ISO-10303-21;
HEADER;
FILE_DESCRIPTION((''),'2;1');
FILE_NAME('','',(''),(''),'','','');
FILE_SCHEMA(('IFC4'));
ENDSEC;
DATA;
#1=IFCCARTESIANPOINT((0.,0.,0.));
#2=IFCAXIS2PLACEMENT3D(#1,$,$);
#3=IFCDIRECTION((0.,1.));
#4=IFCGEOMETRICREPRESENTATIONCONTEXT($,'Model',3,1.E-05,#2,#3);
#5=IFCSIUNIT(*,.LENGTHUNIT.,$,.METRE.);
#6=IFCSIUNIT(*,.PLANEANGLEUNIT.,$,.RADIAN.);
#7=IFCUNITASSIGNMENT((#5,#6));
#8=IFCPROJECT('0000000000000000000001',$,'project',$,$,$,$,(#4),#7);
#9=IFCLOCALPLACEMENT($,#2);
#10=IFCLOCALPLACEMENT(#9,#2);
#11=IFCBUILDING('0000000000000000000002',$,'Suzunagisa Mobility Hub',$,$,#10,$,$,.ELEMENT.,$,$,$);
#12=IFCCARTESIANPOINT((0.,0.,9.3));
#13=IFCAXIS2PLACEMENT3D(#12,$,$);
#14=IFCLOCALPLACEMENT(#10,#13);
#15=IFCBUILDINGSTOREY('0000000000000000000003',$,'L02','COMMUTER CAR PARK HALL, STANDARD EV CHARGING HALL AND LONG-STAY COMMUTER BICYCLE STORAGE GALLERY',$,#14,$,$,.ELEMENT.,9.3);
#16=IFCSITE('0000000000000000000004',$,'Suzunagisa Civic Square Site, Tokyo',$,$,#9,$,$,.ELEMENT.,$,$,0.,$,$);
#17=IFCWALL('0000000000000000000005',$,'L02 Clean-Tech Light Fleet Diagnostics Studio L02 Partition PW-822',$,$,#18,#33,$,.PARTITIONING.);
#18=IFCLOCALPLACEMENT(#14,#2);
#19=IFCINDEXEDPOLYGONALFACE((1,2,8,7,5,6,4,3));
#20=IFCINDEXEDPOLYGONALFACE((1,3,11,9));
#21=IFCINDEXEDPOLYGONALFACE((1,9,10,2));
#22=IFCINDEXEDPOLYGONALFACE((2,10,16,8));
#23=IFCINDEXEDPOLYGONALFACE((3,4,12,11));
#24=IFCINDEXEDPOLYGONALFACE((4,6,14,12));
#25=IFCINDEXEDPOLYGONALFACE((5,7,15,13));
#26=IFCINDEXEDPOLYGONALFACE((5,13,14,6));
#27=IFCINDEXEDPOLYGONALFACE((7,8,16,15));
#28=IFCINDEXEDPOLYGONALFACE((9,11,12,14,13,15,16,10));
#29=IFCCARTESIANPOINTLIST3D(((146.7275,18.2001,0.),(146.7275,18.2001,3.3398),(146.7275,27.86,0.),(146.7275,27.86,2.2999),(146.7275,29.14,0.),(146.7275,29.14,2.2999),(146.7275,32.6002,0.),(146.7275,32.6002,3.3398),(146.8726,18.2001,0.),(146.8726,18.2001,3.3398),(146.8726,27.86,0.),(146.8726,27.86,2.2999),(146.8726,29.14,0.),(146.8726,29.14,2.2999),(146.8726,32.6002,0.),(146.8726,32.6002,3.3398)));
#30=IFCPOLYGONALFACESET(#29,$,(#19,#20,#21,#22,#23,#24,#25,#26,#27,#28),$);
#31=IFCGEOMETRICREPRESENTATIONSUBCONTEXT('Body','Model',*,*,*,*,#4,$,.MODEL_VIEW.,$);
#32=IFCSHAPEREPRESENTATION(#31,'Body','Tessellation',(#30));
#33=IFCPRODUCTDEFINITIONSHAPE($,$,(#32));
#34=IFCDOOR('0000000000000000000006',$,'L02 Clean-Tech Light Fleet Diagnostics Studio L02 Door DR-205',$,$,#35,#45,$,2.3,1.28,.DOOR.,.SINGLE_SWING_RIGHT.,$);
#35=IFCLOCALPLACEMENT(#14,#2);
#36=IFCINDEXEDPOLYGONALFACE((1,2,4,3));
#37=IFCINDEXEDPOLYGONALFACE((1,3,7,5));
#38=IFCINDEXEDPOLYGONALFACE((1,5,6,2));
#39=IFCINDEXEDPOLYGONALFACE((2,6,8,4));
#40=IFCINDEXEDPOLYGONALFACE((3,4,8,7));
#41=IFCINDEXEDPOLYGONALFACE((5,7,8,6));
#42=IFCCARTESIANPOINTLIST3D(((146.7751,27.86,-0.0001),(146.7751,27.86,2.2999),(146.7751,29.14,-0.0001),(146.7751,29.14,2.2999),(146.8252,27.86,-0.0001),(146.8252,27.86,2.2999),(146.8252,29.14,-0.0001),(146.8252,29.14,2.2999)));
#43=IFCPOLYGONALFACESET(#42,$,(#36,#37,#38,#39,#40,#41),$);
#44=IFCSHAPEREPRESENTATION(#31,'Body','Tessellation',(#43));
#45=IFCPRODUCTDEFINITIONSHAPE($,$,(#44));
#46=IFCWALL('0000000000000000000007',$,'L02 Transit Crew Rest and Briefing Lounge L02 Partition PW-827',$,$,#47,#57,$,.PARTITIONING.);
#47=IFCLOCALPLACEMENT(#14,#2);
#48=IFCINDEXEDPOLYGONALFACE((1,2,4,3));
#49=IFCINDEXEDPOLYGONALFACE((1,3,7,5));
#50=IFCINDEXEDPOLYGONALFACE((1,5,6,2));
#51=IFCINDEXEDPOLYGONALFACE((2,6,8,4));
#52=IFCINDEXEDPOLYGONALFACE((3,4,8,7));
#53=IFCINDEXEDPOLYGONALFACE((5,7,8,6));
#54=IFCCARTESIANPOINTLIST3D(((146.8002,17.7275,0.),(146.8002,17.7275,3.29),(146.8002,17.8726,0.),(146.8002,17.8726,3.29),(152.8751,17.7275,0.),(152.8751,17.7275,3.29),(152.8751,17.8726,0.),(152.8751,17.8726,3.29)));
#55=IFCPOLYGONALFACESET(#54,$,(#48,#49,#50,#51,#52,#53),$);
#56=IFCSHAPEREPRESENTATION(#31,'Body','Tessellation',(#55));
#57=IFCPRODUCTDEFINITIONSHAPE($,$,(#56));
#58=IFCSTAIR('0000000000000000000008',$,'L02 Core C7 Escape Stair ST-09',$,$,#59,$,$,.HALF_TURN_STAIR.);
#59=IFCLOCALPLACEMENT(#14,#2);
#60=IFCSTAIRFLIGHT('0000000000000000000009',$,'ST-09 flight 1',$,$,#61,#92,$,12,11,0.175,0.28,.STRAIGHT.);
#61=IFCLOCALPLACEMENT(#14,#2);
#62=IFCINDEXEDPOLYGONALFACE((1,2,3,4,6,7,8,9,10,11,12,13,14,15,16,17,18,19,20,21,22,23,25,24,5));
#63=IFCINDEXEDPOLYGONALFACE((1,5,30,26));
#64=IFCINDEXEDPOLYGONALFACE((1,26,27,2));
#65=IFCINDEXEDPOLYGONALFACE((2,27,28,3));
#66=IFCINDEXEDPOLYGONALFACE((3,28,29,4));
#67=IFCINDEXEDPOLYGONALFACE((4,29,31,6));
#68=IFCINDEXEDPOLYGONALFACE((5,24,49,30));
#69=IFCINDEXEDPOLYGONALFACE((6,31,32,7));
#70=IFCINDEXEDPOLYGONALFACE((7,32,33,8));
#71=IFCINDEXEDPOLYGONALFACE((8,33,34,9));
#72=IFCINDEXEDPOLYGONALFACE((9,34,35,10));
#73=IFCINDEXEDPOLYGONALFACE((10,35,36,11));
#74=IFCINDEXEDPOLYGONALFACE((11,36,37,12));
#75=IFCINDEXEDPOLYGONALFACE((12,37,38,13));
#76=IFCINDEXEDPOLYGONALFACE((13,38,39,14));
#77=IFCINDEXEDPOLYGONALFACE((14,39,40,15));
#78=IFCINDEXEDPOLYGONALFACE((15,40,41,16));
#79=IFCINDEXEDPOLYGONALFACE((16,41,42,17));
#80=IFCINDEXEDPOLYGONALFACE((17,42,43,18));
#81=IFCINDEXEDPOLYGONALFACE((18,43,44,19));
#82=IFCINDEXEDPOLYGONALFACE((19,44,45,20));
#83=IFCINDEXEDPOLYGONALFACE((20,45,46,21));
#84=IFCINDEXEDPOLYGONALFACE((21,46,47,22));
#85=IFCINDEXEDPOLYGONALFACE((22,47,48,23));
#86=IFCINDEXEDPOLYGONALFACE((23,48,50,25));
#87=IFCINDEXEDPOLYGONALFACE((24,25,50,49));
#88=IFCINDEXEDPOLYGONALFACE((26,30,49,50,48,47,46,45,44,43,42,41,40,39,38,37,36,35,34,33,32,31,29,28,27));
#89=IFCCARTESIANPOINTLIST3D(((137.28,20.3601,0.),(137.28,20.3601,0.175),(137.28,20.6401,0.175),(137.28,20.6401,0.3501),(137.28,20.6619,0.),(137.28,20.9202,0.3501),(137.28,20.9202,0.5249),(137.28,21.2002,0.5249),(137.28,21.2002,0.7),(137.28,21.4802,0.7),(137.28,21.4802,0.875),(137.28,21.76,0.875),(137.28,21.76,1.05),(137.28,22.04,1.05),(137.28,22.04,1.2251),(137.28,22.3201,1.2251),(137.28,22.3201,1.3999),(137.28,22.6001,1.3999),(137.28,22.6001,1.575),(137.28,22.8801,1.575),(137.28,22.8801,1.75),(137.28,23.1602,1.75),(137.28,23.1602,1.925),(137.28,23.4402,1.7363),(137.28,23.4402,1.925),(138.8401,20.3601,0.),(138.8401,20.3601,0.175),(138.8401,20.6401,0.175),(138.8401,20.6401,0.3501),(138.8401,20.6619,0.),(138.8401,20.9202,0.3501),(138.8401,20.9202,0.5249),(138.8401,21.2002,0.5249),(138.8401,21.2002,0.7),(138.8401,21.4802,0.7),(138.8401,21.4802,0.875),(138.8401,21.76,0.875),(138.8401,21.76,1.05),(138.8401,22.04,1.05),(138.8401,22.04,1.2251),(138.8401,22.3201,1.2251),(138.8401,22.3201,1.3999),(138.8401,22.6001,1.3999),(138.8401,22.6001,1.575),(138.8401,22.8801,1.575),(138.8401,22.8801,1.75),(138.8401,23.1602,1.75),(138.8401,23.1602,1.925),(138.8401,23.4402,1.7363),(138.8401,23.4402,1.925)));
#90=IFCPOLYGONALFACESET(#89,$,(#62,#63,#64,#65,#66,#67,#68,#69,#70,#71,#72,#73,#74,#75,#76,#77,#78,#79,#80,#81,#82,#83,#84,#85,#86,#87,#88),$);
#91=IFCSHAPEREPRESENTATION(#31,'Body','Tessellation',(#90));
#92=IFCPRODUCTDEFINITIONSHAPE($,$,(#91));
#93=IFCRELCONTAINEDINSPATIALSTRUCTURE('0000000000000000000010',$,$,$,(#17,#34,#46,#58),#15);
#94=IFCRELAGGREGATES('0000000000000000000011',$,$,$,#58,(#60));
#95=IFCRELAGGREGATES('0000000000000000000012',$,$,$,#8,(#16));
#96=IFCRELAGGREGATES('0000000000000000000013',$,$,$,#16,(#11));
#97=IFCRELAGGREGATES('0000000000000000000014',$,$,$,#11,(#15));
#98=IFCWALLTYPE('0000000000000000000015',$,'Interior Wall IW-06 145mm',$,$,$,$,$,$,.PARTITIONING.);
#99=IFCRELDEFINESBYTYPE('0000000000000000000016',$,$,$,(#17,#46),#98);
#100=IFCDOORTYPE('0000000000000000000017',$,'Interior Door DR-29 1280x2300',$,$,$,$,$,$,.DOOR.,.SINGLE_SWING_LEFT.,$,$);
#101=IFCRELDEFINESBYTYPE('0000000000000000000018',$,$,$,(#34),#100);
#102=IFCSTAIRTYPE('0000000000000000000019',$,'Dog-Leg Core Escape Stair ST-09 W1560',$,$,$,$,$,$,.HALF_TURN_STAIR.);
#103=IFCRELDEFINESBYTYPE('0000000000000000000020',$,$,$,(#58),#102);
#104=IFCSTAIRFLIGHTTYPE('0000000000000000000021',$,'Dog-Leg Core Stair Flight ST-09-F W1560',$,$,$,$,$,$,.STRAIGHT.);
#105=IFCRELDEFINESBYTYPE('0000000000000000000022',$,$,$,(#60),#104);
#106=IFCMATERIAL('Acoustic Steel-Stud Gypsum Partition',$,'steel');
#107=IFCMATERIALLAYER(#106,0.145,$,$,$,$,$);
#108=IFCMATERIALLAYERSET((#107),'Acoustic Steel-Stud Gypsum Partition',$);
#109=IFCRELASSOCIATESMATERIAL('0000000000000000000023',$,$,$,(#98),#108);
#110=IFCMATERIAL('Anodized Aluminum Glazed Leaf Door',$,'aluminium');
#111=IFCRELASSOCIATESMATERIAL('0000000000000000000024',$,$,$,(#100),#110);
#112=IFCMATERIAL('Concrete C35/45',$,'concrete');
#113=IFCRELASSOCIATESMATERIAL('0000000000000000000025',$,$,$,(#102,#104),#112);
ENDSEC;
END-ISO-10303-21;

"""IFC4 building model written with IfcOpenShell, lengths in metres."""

from ifc_helpers import new_model, si_unit, direction, frame, frame_2d, origin, place, context, subcontext, project, spatial, polyline, rectangle, outline, extrude, material, layer, layer_set, type_object, element, fill, aggregate, save


model = new_model("IFC4")

# Units and contexts
model_context = context("Model", 3, precision=1e-05, world=origin(), true_north=direction((0.0, 1.0)))
body_context = subcontext(model_context, "Body", "Model", "MODEL_VIEW")
ifc_project = project(units=[si_unit("LENGTHUNIT", "METRE"), si_unit("PLANEANGLEUNIT", "RADIAN")], contexts=[model_context])

# Site, building, storey
site_placement = place(None, origin())
site = spatial("IfcSite", under=ifc_project, at=site_placement, Name="Suzunagisa Civic Square Site, Tokyo", CompositionType="ELEMENT", RefElevation=0.0)
building_placement = place(site_placement, origin())
building = spatial("IfcBuilding", under=site, at=building_placement, Name="Suzunagisa Mobility Hub", CompositionType="ELEMENT")
storey_placement = place(building_placement, frame((0.0, 0.0, 9.3)))
storey = spatial("IfcBuildingStorey", under=building, at=storey_placement, Name="L02", Description="COMMUTER CAR PARK HALL, STANDARD EV CHARGING HALL AND LONG-STAY COMMUTER BICYCLE STORAGE GALLERY", CompositionType="ELEMENT", Elevation=9.3)

# Shared definitions
ifc_material_1 = material(Name="Concrete C35/45", Category="concrete")

# Shared definitions
ifc_material_2 = material(Name="Acoustic Steel-Stud Gypsum Partition", Category="steel")
ifc_layer_1 = layer(ifc_material_2, 0.145)
ifc_layer_set_1 = layer_set([ifc_layer_1], Name="Acoustic Steel-Stud Gypsum Partition")
wall_type_1 = type_object("IfcWallType", Name="Interior Wall IW-06 145mm", PredefinedType="PARTITIONING", material=ifc_layer_set_1)

# Wall, opening, door
wall_1_placement = place(storey_placement, frame((146.8, 18.2, 0.0), z_axis=(0.0, 0.0, 1.0), x_axis=(0.0, 1.0, 0.0)))
wall_1 = element("IfcWall", 1, at=wall_1_placement, inside=storey, type_object=wall_type_1, Name="L02 Clean-Tech Light Fleet Diagnostics Studio L02 Partition PW-822", PredefinedType="PARTITIONING", context=body_context, shape_type="SweptSolid", body=[
    extrude(rectangle(XDim=14.4001, YDim=0.145, at=frame_2d((7.2002, 0.0))), origin(), (0.0, 0.0, 1.0), 3.3398),
])
opening_1_placement = place(wall_1_placement, frame((9.6599, 0.0, 0.0)))
opening_1 = element("IfcOpeningElement", 2, at=opening_1_placement, cuts=wall_1, PredefinedType="OPENING", context=body_context, shape_type="SweptSolid", body=[
    extrude(rectangle(XDim=1.28, YDim=2.3, at=frame_2d((0.6401, 1.1499))), frame((0.0, 0.0835, 0.0), z_axis=(0.0, -1.0, 0.0), x_axis=(1.0, 0.0, 0.0)), (0.0, 0.0, 1.0), 0.167),
])
ifc_material_3 = material(Name="Anodized Aluminum Glazed Leaf Door", Category="aluminium")
door_type_1 = type_object("IfcDoorType", Name="Interior Door DR-29 1280x2300", OperationType="SINGLE_SWING_LEFT", PredefinedType="DOOR", material=ifc_material_3)
door_1_placement = place(opening_1_placement, origin())
door_1 = element("IfcDoor", 3, at=door_1_placement, inside=storey, type_object=door_type_1, Name="L02 Clean-Tech Light Fleet Diagnostics Studio L02 Door DR-205", OperationType="SINGLE_SWING_RIGHT", OverallHeight=2.3, OverallWidth=1.28, PredefinedType="DOOR", context=body_context, shape_type="SweptSolid", body=[
    extrude(rectangle(XDim=1.28, YDim=2.3, at=frame_2d((0.6401, 1.1499))), frame((0.0, 0.0249, 0.0), z_axis=(0.0, -1.0, 0.0), x_axis=(1.0, 0.0, 0.0)), (0.0, 0.0, 1.0), 0.05),
])
fill(opening_1, door_1)

# Wall
wall_2_placement = place(storey_placement, frame((146.8, 17.8, 0.0), z_axis=(0.0, 0.0, 1.0), x_axis=(1.0, 0.0, 0.0)))
element("IfcWall", 4, at=wall_2_placement, inside=storey, type_object=wall_type_1, Name="L02 Transit Crew Rest and Briefing Lounge L02 Partition PW-827", PredefinedType="PARTITIONING", context=body_context, shape_type="SweptSolid", body=[
    extrude(rectangle(XDim=6.075, YDim=0.145, at=frame_2d((3.0376, 0.0))), origin(), (0.0, 0.0, 1.0), 3.29),
])

# Stair, stair flight
stair_type = type_object("IfcStairType", Name="Dog-Leg Core Escape Stair ST-09 W1560", PredefinedType="HALF_TURN_STAIR", material=ifc_material_1)
stair_placement = place(storey_placement, origin())
stair = element("IfcStair", 5, at=stair_placement, inside=storey, type_object=stair_type, Name="L02 Core C7 Escape Stair ST-09", PredefinedType="HALF_TURN_STAIR")
stair_flight_type = type_object("IfcStairFlightType", Name="Dog-Leg Core Stair Flight ST-09-F W1560", PredefinedType="STRAIGHT", material=ifc_material_1)
stair_flight_placement = place(storey_placement, frame((138.0601, 20.3601, 0.0), z_axis=(0.0, 0.0, 1.0), x_axis=(0.0, 1.0, 0.0)))
stair_flight = element("IfcStairFlight", 6, at=stair_flight_placement, type_object=stair_flight_type, Name="ST-09 flight 1", NumberOfRisers=12, NumberOfTreads=11, PredefinedType="STRAIGHT", RiserHeight=0.175, TreadLength=0.28, context=body_context, shape_type="SweptSolid", body=[
    extrude(outline(polyline([(0.0, 0.0), (0.0, 0.175), (0.28, 0.175), (0.28, 0.3501), (0.5601, 0.3501), (0.5601, 0.5249), (0.8401, 0.5249), (0.8401, 0.7), (1.1201, 0.7), (1.1201, 0.875), (1.3999, 0.875), (1.3999, 1.05), (1.6799, 1.05), (1.6799, 1.2251), (1.96, 1.2251), (1.96, 1.3999), (2.24, 1.3999), (2.24, 1.575), (2.52, 1.575), (2.52, 1.75), (2.8, 1.75), (2.8, 1.925), (3.0801, 1.925), (3.0801, 2.1001), (3.0801, 1.7363), (0.3018, 0.0), (0.0, 0.0)])), frame((0.0, 0.78, 0.0), z_axis=(0.0, -1.0, 0.0), x_axis=(1.0, 0.0, 0.0)), (0.0, 0.0, 1.0), 1.5601),
])
aggregate(stair, [stair_flight])

save(model, "model.ifc")
